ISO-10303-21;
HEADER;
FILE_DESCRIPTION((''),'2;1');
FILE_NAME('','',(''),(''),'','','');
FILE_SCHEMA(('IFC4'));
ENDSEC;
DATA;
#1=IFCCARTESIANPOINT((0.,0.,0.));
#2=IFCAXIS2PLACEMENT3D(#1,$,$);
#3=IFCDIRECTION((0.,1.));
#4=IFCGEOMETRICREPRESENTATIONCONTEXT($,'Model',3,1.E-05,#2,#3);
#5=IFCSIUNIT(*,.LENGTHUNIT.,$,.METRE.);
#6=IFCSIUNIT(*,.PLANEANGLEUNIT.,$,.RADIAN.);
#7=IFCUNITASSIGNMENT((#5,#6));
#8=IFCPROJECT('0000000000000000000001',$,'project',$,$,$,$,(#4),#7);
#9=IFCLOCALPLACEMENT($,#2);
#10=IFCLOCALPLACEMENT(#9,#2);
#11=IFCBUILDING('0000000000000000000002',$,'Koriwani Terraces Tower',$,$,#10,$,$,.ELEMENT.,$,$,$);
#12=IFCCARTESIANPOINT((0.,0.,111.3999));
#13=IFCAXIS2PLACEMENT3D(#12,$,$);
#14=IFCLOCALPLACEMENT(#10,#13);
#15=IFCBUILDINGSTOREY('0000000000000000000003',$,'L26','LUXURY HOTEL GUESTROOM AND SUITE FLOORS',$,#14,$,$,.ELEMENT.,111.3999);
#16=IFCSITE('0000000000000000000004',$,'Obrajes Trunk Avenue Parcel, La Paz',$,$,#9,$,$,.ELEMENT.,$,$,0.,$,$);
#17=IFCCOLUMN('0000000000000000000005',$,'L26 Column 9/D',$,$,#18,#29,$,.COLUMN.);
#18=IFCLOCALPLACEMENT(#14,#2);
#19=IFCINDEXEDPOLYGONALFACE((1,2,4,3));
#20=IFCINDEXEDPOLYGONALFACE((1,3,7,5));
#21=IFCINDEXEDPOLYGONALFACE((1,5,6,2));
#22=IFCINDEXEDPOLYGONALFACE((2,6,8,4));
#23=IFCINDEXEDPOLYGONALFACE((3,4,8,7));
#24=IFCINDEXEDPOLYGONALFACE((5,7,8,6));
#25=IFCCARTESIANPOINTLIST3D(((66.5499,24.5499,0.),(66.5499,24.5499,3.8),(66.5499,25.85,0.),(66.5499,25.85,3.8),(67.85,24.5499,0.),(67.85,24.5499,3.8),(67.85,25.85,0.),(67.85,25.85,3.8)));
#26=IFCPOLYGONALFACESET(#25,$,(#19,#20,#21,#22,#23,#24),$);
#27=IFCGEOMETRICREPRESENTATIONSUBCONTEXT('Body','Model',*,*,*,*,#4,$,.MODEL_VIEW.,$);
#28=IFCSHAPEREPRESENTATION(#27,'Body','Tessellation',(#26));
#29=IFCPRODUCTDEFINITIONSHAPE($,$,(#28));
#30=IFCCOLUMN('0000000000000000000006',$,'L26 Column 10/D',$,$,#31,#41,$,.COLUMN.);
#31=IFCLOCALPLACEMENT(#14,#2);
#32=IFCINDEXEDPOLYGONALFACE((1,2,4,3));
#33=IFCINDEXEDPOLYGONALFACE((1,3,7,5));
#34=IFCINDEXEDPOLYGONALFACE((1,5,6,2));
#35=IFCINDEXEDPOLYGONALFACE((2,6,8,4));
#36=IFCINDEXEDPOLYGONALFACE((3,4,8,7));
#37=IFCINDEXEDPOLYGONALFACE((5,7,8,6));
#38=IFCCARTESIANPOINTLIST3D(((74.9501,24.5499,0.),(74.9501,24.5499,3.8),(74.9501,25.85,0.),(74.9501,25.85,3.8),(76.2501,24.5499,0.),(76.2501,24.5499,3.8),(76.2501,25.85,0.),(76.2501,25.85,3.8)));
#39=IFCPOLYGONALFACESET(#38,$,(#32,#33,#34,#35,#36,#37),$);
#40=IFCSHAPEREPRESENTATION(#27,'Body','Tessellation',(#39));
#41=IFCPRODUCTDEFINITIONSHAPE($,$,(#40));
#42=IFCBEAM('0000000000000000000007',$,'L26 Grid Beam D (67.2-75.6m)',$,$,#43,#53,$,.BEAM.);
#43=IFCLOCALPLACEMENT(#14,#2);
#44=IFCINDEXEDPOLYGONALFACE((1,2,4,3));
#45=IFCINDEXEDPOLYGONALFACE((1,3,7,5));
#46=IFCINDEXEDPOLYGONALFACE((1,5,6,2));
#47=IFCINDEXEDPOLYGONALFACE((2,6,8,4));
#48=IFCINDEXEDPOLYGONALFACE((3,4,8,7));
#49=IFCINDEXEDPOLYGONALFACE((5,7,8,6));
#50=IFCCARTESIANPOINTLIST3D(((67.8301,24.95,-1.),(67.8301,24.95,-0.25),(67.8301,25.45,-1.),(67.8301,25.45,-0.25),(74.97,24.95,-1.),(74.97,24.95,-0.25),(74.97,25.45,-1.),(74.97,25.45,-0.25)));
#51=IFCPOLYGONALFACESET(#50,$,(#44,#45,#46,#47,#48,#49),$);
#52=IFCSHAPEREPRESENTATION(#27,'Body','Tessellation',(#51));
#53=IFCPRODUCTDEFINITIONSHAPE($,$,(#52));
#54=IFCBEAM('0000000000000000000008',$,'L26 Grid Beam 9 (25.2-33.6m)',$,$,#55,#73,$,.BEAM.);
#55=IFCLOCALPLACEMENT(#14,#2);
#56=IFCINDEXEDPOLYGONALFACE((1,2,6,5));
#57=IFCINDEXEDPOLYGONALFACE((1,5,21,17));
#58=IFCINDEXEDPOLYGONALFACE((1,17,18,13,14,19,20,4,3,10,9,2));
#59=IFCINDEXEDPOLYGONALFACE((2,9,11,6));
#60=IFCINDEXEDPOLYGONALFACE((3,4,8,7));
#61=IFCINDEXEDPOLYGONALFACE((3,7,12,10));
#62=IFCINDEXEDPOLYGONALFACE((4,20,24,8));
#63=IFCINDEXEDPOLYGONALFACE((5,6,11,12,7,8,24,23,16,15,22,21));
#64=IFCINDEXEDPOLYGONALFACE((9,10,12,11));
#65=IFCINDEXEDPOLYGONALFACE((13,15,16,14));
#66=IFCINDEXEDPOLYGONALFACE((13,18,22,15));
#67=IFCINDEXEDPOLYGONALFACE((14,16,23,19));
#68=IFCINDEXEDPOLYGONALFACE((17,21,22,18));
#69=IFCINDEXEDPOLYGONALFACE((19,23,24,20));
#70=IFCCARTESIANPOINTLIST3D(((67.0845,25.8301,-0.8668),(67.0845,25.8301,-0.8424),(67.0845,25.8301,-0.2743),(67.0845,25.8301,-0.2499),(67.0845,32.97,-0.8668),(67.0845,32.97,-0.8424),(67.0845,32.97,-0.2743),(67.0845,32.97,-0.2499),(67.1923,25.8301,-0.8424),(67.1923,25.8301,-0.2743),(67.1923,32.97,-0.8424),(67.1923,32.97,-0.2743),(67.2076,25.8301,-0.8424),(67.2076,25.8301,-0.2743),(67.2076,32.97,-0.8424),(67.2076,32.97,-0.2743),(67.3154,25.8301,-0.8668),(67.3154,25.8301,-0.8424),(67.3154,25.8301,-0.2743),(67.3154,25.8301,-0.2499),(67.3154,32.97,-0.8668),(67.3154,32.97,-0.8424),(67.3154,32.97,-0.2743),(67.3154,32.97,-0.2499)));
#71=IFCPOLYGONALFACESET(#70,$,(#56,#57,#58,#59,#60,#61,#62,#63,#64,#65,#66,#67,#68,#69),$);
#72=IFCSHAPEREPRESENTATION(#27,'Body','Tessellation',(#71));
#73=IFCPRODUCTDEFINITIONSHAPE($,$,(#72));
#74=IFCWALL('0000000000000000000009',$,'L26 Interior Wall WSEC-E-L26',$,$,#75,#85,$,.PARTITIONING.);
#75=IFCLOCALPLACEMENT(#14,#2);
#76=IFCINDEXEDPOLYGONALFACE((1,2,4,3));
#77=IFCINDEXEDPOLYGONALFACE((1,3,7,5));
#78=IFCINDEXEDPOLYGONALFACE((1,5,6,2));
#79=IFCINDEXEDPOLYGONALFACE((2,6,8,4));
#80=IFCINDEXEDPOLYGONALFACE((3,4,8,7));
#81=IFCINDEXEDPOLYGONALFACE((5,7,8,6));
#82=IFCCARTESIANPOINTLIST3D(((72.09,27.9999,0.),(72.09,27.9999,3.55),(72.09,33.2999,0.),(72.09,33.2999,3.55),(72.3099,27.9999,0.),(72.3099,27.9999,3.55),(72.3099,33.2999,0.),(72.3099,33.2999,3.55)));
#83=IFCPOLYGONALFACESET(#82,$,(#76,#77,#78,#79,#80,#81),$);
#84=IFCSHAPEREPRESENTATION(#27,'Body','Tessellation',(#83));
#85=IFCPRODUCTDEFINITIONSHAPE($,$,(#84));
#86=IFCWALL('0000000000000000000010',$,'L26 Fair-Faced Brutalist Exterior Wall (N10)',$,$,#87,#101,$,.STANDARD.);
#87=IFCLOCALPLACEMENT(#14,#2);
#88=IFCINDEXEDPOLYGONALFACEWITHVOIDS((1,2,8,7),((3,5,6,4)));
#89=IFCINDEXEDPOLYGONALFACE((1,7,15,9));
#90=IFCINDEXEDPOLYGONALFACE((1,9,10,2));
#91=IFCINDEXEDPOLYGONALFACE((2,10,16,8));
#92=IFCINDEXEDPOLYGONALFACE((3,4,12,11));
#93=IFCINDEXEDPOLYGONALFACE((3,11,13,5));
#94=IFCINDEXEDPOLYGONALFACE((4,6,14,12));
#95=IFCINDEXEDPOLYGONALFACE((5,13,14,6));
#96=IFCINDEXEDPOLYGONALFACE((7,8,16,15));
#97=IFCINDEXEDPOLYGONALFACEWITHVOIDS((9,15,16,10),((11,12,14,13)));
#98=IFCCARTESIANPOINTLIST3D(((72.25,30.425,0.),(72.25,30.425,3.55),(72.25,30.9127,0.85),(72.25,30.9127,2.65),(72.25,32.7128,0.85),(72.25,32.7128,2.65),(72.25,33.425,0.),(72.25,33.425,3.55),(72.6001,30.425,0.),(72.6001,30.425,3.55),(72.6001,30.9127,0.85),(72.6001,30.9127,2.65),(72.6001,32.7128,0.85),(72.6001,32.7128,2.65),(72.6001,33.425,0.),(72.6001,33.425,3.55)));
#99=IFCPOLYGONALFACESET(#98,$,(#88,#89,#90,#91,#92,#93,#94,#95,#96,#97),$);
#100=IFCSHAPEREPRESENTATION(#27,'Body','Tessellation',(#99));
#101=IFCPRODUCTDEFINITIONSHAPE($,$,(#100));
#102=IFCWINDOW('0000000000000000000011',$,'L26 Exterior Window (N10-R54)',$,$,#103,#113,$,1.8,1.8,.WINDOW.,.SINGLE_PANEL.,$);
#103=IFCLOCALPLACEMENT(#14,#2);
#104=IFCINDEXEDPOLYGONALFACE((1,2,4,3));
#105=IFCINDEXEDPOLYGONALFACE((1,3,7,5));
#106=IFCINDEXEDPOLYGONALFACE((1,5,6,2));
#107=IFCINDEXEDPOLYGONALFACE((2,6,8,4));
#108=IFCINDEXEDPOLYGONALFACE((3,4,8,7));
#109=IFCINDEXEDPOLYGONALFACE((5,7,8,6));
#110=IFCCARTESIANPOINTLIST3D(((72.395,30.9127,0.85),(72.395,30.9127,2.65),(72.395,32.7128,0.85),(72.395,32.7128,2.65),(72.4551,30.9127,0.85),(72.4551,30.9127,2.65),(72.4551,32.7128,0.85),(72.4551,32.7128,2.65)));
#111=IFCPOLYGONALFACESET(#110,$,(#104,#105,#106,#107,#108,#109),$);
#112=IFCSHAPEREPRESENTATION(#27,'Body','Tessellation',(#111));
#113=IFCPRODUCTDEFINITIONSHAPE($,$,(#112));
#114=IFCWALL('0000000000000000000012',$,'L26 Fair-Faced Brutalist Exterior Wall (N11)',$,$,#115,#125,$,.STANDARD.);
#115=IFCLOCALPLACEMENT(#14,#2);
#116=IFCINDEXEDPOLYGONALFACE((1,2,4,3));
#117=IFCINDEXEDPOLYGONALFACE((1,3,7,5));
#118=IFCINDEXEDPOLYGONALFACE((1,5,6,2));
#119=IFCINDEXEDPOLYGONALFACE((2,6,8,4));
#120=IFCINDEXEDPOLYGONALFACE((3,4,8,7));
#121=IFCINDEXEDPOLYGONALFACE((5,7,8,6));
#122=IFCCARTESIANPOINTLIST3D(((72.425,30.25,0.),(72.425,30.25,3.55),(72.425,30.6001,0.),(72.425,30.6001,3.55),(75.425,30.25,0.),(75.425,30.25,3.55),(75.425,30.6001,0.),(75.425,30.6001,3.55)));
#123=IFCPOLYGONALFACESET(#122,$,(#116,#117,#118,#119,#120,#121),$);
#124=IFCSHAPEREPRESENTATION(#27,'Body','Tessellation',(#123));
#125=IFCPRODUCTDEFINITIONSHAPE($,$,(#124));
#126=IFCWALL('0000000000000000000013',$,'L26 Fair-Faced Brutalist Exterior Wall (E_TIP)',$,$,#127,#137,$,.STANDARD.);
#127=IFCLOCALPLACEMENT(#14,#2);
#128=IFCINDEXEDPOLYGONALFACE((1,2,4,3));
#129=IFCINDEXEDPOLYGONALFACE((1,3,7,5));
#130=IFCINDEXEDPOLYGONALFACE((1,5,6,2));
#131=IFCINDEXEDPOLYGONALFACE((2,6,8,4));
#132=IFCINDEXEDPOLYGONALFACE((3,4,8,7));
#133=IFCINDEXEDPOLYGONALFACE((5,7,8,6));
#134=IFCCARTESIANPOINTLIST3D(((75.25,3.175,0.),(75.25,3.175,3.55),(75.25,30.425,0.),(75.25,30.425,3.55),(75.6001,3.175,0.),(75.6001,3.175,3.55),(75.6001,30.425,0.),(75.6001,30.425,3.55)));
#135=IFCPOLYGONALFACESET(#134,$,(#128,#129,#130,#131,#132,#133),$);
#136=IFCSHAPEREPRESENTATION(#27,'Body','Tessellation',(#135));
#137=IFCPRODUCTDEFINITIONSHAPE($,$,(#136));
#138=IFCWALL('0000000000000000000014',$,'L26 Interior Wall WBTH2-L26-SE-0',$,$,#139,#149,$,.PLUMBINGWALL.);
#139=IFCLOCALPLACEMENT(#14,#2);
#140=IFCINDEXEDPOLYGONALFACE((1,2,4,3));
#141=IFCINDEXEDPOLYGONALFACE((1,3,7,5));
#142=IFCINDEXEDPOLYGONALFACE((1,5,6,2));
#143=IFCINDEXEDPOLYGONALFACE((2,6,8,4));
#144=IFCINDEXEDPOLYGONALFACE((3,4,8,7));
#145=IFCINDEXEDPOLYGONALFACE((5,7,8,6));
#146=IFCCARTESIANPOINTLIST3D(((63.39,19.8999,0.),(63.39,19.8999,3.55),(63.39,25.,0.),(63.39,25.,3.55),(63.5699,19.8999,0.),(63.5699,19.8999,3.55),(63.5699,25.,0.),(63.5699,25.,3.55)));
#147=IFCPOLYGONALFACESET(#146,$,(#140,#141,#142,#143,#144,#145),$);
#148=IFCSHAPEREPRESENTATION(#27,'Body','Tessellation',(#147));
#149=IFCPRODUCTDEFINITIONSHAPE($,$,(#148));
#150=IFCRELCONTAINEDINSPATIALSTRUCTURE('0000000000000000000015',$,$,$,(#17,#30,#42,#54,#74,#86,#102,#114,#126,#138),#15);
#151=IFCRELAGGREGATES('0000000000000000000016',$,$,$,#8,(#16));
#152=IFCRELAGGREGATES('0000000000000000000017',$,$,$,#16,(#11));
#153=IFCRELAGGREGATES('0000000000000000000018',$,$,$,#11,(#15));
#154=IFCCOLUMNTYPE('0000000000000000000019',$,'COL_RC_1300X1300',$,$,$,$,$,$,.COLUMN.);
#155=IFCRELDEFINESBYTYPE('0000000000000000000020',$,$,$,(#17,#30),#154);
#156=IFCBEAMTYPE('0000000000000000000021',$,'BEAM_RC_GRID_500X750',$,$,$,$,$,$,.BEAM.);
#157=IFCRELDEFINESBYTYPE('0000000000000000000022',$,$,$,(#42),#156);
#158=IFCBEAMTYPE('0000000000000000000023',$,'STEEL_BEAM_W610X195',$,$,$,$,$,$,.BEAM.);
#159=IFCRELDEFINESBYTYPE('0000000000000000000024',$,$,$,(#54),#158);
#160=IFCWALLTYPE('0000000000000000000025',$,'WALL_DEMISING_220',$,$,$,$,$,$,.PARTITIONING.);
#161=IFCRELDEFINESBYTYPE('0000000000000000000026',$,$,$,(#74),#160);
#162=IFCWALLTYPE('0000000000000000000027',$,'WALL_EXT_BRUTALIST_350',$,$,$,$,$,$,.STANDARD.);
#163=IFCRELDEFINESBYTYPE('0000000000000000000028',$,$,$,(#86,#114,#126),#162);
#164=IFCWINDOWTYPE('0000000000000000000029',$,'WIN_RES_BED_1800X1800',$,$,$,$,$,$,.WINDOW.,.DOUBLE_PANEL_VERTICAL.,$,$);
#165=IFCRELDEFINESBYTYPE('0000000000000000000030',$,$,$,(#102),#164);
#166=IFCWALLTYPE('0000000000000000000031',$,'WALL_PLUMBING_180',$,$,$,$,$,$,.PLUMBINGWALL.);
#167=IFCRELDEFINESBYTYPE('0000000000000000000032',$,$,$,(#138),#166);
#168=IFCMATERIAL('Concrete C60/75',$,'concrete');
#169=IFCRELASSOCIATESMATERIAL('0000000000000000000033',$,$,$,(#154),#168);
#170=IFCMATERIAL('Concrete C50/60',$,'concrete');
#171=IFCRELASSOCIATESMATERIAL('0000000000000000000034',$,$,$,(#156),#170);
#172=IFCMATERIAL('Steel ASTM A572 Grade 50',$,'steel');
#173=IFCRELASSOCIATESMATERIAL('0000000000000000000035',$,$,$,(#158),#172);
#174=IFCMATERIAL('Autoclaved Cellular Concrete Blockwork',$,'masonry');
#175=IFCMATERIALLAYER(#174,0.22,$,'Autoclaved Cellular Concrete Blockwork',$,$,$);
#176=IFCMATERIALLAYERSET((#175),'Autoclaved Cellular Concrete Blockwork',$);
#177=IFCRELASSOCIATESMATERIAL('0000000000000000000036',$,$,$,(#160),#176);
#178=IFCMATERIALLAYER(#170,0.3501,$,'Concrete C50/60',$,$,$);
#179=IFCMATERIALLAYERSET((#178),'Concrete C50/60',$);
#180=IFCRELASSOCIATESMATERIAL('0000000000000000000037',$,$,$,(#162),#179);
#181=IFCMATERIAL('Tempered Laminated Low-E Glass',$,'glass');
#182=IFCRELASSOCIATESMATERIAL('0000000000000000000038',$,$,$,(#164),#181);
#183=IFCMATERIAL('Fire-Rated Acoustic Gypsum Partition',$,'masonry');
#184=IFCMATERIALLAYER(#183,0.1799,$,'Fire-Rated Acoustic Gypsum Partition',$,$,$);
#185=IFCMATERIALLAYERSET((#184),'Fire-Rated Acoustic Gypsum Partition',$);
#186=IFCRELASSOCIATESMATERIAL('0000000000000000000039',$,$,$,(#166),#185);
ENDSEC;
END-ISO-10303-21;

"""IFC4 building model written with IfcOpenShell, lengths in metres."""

from ifc_helpers import new_model, si_unit, direction, frame, frame_2d, origin, origin_2d, place, context, subcontext, project, spatial, rectangle, i_section, extrude, material, layer, layer_set, material_profile, profile_set, type_object, element, fill, save


model = new_model("IFC4")

# Units and contexts
model_context = context("Model", 3, precision=1e-05, world=origin(), true_north=direction((0.0, 1.0)))
body_context = subcontext(model_context, "Body", "Model", "MODEL_VIEW")
ifc_project = project(units=[si_unit("LENGTHUNIT", "METRE"), si_unit("PLANEANGLEUNIT", "RADIAN")], contexts=[model_context])

# Site, building, storey
site_placement = place(None, origin())
site = spatial("IfcSite", under=ifc_project, at=site_placement, Name="Obrajes Trunk Avenue Parcel, La Paz", CompositionType="ELEMENT", RefElevation=0.0)
building_placement = place(site_placement, origin())
building = spatial("IfcBuilding", under=site, at=building_placement, Name="Koriwani Terraces Tower", CompositionType="ELEMENT")
storey_placement = place(building_placement, frame((0.0, 0.0, 111.3999)))
storey = spatial("IfcBuildingStorey", under=building, at=storey_placement, Name="L26", Description="LUXURY HOTEL GUESTROOM AND SUITE FLOORS", CompositionType="ELEMENT", Elevation=111.3999)

# Columns
ifc_material_1 = material(Name="Concrete C60/75", Category="concrete")
ifc_material_profile_1 = material_profile(ifc_material_1, rectangle(XDim=1.3, YDim=1.3, at=origin_2d()), Name="Concrete C60/75", Category="LoadBearing")
ifc_profile_set_1 = profile_set([ifc_material_profile_1], Name="Concrete C60/75")
column_type = type_object("IfcColumnType", Name="COL_RC_1300X1300", PredefinedType="COLUMN", material=ifc_profile_set_1)
for number, where, z_axis, x_axis, name in (
    (1, (67.2, 25.2, 0.0), (0.0, 0.0, 1.0), (1.0, 0.0, 0.0), "L26 Column 9/D"),
    (2, (75.6001, 25.2, 0.0), (0.0, 0.0, 1.0), (1.0, 0.0, 0.0), "L26 Column 10/D"),
):
    element("IfcColumn", number, at=place(storey_placement, frame(where, z_axis=z_axis, x_axis=x_axis)), inside=storey, type_object=column_type, Name=name, PredefinedType="COLUMN", context=body_context, shape_type="SweptSolid", body=[
        extrude(rectangle(XDim=1.3, YDim=1.3, at=origin_2d()), origin(), (0.0, 0.0, 1.0), 3.8),
    ])

# Beams
ifc_material_2 = material(Name="Concrete C50/60", Category="concrete")
ifc_material_profile_2 = material_profile(ifc_material_2, rectangle(XDim=0.5, YDim=0.75, at=origin_2d()), Name="Concrete C50/60", Category="LoadBearing")
ifc_profile_set_2 = profile_set([ifc_material_profile_2], Name="Concrete C50/60")
beam_type_1 = type_object("IfcBeamType", Name="BEAM_RC_GRID_500X750", PredefinedType="BEAM", material=ifc_profile_set_2)
beam_1_placement = place(storey_placement, frame((67.8301, 25.2, -0.625), z_axis=(1.0, 0.0, 0.0), x_axis=(0.0, 1.0, 0.0)))
element("IfcBeam", 3, at=beam_1_placement, inside=storey, type_object=beam_type_1, Name="L26 Grid Beam D (67.2-75.6m)", PredefinedType="BEAM", context=body_context, shape_type="SweptSolid", body=[
    extrude(rectangle(XDim=0.5, YDim=0.75, at=origin_2d()), origin(), (0.0, 0.0, 1.0), 7.1399),
])
ifc_material_3 = material(Name="Steel ASTM A572 Grade 50", Category="steel")
ifc_material_profile_3 = material_profile(ifc_material_3, i_section(OverallWidth=0.231, OverallDepth=0.6169, WebThickness=0.0154, FlangeThickness=0.0244, at=origin_2d()), Name="Steel ASTM A572 Grade 50", Category="LoadBearing")
ifc_profile_set_3 = profile_set([ifc_material_profile_3], Name="Steel ASTM A572 Grade 50")
beam_type_2 = type_object("IfcBeamType", Name="STEEL_BEAM_W610X195", PredefinedType="BEAM", material=ifc_profile_set_3)
beam_2_placement = place(storey_placement, frame((67.2, 25.8301, -0.5583), z_axis=(0.0, 1.0, 0.0), x_axis=(-1.0, 0.0, 0.0)))
element("IfcBeam", 4, at=beam_2_placement, inside=storey, type_object=beam_type_2, Name="L26 Grid Beam 9 (25.2-33.6m)", PredefinedType="BEAM", context=body_context, shape_type="SweptSolid", body=[
    extrude(i_section(OverallWidth=0.231, OverallDepth=0.6169, WebThickness=0.0154, FlangeThickness=0.0244, at=origin_2d()), origin(), (0.0, 0.0, 1.0), 7.1399),
])

# Shared definitions
ifc_material_4 = material(Name="Autoclaved Cellular Concrete Blockwork", Category="masonry")

# Wall
ifc_layer_1 = layer(ifc_material_4, 0.22, Name="Autoclaved Cellular Concrete Blockwork")
ifc_layer_set_1 = layer_set([ifc_layer_1], Name="Autoclaved Cellular Concrete Blockwork")
wall_type_1 = type_object("IfcWallType", Name="WALL_DEMISING_220", PredefinedType="PARTITIONING", material=ifc_layer_set_1)
wall_1_placement = place(storey_placement, frame((72.2, 28.0, 0.0), z_axis=(0.0, 0.0, 1.0), x_axis=(0.0, 1.0, 0.0)))
element("IfcWall", 5, at=wall_1_placement, inside=storey, type_object=wall_type_1, Name="L26 Interior Wall WSEC-E-L26", PredefinedType="PARTITIONING", context=body_context, shape_type="SweptSolid", body=[
    extrude(rectangle(XDim=5.3, YDim=0.22, at=frame_2d((2.6499, 0.0))), origin(), (0.0, 0.0, 1.0), 3.55),
])

# Wall, opening, window
ifc_layer_2 = layer(ifc_material_2, 0.3501, Name="Concrete C50/60")
ifc_layer_set_2 = layer_set([ifc_layer_2], Name="Concrete C50/60")
wall_type_2 = type_object("IfcWallType", Name="WALL_EXT_BRUTALIST_350", PredefinedType="STANDARD", material=ifc_layer_set_2)
wall_2_placement = place(storey_placement, frame((72.425, 33.425, 0.0), z_axis=(0.0, 0.0, 1.0), x_axis=(0.0, -1.0, 0.0)))
wall_2 = element("IfcWall", 6, at=wall_2_placement, inside=storey, type_object=wall_type_2, Name="L26 Fair-Faced Brutalist Exterior Wall (N10)", PredefinedType="STANDARD", context=body_context, shape_type="SweptSolid", body=[
    extrude(rectangle(XDim=3.0, YDim=0.3501, at=frame_2d((1.5, 0.0))), origin(), (0.0, 0.0, 1.0), 3.55),
])
opening_1_placement = place(wall_2_placement, frame((0.7124, 0.0, 0.8501)))
opening_1 = element("IfcOpeningElement", 7, at=opening_1_placement, cuts=wall_2, PredefinedType="OPENING", context=body_context, shape_type="SweptSolid", body=[
    extrude(rectangle(XDim=1.8, YDim=1.8, at=frame_2d((0.8999, 0.8999))), frame((0.0, 0.1851, 0.0), z_axis=(0.0, -1.0, 0.0), x_axis=(1.0, 0.0, 0.0)), (0.0, 0.0, 1.0), 0.3701),
])
ifc_material_5 = material(Name="Tempered Laminated Low-E Glass", Category="glass")
window_type = type_object("IfcWindowType", Name="WIN_RES_BED_1800X1800", PartitioningType="DOUBLE_PANEL_VERTICAL", PredefinedType="WINDOW", material=ifc_material_5)
window_placement = place(opening_1_placement, origin())
window = element("IfcWindow", 8, at=window_placement, inside=storey, type_object=window_type, Name="L26 Exterior Window (N10-R54)", OverallHeight=1.8, OverallWidth=1.8, PartitioningType="SINGLE_PANEL", PredefinedType="WINDOW", context=body_context, shape_type="SweptSolid", body=[
    extrude(rectangle(XDim=1.8, YDim=1.8, at=frame_2d((0.8999, 0.8999))), frame((0.0, 0.03, 0.0), z_axis=(0.0, -1.0, 0.0), x_axis=(1.0, 0.0, 0.0)), (0.0, 0.0, 1.0), 0.0601),
])
fill(opening_1, window)

# Walls
wall_3_placement = place(storey_placement, frame((72.425, 30.425, 0.0), z_axis=(0.0, 0.0, 1.0), x_axis=(1.0, 0.0, 0.0)))
element("IfcWall", 9, at=wall_3_placement, inside=storey, type_object=wall_type_2, Name="L26 Fair-Faced Brutalist Exterior Wall (N11)", PredefinedType="STANDARD", context=body_context, shape_type="SweptSolid", body=[
    extrude(rectangle(XDim=3.0, YDim=0.3501, at=frame_2d((1.5, 0.0))), origin(), (0.0, 0.0, 1.0), 3.55),
])
wall_4_placement = place(storey_placement, frame((75.425, 30.425, 0.0), z_axis=(0.0, 0.0, 1.0), x_axis=(0.0, -1.0, 0.0)))
element("IfcWall", 10, at=wall_4_placement, inside=storey, type_object=wall_type_2, Name="L26 Fair-Faced Brutalist Exterior Wall (E_TIP)", PredefinedType="STANDARD", context=body_context, shape_type="SweptSolid", body=[
    extrude(rectangle(XDim=27.25, YDim=0.3501, at=frame_2d((13.625, 0.0))), origin(), (0.0, 0.0, 1.0), 3.55),
])
ifc_material_6 = material(Name="Fire-Rated Acoustic Gypsum Partition", Category="masonry")
ifc_layer_3 = layer(ifc_material_6, 0.1799, Name="Fire-Rated Acoustic Gypsum Partition")
ifc_layer_set_3 = layer_set([ifc_layer_3], Name="Fire-Rated Acoustic Gypsum Partition")
wall_type_3 = type_object("IfcWallType", Name="WALL_PLUMBING_180", PredefinedType="PLUMBINGWALL", material=ifc_layer_set_3)
wall_5_placement = place(storey_placement, frame((63.48, 19.8999, 0.0), z_axis=(0.0, 0.0, 1.0), x_axis=(0.0, 1.0, 0.0)))
element("IfcWall", 11, at=wall_5_placement, inside=storey, type_object=wall_type_3, Name="L26 Interior Wall WBTH2-L26-SE-0", PredefinedType="PLUMBINGWALL", context=body_context, shape_type="SweptSolid", body=[
    extrude(rectangle(XDim=5.1001, YDim=0.1799, at=frame_2d((2.55, 0.0))), origin(), (0.0, 0.0, 1.0), 3.55),
])

save(model, "model.ifc")
